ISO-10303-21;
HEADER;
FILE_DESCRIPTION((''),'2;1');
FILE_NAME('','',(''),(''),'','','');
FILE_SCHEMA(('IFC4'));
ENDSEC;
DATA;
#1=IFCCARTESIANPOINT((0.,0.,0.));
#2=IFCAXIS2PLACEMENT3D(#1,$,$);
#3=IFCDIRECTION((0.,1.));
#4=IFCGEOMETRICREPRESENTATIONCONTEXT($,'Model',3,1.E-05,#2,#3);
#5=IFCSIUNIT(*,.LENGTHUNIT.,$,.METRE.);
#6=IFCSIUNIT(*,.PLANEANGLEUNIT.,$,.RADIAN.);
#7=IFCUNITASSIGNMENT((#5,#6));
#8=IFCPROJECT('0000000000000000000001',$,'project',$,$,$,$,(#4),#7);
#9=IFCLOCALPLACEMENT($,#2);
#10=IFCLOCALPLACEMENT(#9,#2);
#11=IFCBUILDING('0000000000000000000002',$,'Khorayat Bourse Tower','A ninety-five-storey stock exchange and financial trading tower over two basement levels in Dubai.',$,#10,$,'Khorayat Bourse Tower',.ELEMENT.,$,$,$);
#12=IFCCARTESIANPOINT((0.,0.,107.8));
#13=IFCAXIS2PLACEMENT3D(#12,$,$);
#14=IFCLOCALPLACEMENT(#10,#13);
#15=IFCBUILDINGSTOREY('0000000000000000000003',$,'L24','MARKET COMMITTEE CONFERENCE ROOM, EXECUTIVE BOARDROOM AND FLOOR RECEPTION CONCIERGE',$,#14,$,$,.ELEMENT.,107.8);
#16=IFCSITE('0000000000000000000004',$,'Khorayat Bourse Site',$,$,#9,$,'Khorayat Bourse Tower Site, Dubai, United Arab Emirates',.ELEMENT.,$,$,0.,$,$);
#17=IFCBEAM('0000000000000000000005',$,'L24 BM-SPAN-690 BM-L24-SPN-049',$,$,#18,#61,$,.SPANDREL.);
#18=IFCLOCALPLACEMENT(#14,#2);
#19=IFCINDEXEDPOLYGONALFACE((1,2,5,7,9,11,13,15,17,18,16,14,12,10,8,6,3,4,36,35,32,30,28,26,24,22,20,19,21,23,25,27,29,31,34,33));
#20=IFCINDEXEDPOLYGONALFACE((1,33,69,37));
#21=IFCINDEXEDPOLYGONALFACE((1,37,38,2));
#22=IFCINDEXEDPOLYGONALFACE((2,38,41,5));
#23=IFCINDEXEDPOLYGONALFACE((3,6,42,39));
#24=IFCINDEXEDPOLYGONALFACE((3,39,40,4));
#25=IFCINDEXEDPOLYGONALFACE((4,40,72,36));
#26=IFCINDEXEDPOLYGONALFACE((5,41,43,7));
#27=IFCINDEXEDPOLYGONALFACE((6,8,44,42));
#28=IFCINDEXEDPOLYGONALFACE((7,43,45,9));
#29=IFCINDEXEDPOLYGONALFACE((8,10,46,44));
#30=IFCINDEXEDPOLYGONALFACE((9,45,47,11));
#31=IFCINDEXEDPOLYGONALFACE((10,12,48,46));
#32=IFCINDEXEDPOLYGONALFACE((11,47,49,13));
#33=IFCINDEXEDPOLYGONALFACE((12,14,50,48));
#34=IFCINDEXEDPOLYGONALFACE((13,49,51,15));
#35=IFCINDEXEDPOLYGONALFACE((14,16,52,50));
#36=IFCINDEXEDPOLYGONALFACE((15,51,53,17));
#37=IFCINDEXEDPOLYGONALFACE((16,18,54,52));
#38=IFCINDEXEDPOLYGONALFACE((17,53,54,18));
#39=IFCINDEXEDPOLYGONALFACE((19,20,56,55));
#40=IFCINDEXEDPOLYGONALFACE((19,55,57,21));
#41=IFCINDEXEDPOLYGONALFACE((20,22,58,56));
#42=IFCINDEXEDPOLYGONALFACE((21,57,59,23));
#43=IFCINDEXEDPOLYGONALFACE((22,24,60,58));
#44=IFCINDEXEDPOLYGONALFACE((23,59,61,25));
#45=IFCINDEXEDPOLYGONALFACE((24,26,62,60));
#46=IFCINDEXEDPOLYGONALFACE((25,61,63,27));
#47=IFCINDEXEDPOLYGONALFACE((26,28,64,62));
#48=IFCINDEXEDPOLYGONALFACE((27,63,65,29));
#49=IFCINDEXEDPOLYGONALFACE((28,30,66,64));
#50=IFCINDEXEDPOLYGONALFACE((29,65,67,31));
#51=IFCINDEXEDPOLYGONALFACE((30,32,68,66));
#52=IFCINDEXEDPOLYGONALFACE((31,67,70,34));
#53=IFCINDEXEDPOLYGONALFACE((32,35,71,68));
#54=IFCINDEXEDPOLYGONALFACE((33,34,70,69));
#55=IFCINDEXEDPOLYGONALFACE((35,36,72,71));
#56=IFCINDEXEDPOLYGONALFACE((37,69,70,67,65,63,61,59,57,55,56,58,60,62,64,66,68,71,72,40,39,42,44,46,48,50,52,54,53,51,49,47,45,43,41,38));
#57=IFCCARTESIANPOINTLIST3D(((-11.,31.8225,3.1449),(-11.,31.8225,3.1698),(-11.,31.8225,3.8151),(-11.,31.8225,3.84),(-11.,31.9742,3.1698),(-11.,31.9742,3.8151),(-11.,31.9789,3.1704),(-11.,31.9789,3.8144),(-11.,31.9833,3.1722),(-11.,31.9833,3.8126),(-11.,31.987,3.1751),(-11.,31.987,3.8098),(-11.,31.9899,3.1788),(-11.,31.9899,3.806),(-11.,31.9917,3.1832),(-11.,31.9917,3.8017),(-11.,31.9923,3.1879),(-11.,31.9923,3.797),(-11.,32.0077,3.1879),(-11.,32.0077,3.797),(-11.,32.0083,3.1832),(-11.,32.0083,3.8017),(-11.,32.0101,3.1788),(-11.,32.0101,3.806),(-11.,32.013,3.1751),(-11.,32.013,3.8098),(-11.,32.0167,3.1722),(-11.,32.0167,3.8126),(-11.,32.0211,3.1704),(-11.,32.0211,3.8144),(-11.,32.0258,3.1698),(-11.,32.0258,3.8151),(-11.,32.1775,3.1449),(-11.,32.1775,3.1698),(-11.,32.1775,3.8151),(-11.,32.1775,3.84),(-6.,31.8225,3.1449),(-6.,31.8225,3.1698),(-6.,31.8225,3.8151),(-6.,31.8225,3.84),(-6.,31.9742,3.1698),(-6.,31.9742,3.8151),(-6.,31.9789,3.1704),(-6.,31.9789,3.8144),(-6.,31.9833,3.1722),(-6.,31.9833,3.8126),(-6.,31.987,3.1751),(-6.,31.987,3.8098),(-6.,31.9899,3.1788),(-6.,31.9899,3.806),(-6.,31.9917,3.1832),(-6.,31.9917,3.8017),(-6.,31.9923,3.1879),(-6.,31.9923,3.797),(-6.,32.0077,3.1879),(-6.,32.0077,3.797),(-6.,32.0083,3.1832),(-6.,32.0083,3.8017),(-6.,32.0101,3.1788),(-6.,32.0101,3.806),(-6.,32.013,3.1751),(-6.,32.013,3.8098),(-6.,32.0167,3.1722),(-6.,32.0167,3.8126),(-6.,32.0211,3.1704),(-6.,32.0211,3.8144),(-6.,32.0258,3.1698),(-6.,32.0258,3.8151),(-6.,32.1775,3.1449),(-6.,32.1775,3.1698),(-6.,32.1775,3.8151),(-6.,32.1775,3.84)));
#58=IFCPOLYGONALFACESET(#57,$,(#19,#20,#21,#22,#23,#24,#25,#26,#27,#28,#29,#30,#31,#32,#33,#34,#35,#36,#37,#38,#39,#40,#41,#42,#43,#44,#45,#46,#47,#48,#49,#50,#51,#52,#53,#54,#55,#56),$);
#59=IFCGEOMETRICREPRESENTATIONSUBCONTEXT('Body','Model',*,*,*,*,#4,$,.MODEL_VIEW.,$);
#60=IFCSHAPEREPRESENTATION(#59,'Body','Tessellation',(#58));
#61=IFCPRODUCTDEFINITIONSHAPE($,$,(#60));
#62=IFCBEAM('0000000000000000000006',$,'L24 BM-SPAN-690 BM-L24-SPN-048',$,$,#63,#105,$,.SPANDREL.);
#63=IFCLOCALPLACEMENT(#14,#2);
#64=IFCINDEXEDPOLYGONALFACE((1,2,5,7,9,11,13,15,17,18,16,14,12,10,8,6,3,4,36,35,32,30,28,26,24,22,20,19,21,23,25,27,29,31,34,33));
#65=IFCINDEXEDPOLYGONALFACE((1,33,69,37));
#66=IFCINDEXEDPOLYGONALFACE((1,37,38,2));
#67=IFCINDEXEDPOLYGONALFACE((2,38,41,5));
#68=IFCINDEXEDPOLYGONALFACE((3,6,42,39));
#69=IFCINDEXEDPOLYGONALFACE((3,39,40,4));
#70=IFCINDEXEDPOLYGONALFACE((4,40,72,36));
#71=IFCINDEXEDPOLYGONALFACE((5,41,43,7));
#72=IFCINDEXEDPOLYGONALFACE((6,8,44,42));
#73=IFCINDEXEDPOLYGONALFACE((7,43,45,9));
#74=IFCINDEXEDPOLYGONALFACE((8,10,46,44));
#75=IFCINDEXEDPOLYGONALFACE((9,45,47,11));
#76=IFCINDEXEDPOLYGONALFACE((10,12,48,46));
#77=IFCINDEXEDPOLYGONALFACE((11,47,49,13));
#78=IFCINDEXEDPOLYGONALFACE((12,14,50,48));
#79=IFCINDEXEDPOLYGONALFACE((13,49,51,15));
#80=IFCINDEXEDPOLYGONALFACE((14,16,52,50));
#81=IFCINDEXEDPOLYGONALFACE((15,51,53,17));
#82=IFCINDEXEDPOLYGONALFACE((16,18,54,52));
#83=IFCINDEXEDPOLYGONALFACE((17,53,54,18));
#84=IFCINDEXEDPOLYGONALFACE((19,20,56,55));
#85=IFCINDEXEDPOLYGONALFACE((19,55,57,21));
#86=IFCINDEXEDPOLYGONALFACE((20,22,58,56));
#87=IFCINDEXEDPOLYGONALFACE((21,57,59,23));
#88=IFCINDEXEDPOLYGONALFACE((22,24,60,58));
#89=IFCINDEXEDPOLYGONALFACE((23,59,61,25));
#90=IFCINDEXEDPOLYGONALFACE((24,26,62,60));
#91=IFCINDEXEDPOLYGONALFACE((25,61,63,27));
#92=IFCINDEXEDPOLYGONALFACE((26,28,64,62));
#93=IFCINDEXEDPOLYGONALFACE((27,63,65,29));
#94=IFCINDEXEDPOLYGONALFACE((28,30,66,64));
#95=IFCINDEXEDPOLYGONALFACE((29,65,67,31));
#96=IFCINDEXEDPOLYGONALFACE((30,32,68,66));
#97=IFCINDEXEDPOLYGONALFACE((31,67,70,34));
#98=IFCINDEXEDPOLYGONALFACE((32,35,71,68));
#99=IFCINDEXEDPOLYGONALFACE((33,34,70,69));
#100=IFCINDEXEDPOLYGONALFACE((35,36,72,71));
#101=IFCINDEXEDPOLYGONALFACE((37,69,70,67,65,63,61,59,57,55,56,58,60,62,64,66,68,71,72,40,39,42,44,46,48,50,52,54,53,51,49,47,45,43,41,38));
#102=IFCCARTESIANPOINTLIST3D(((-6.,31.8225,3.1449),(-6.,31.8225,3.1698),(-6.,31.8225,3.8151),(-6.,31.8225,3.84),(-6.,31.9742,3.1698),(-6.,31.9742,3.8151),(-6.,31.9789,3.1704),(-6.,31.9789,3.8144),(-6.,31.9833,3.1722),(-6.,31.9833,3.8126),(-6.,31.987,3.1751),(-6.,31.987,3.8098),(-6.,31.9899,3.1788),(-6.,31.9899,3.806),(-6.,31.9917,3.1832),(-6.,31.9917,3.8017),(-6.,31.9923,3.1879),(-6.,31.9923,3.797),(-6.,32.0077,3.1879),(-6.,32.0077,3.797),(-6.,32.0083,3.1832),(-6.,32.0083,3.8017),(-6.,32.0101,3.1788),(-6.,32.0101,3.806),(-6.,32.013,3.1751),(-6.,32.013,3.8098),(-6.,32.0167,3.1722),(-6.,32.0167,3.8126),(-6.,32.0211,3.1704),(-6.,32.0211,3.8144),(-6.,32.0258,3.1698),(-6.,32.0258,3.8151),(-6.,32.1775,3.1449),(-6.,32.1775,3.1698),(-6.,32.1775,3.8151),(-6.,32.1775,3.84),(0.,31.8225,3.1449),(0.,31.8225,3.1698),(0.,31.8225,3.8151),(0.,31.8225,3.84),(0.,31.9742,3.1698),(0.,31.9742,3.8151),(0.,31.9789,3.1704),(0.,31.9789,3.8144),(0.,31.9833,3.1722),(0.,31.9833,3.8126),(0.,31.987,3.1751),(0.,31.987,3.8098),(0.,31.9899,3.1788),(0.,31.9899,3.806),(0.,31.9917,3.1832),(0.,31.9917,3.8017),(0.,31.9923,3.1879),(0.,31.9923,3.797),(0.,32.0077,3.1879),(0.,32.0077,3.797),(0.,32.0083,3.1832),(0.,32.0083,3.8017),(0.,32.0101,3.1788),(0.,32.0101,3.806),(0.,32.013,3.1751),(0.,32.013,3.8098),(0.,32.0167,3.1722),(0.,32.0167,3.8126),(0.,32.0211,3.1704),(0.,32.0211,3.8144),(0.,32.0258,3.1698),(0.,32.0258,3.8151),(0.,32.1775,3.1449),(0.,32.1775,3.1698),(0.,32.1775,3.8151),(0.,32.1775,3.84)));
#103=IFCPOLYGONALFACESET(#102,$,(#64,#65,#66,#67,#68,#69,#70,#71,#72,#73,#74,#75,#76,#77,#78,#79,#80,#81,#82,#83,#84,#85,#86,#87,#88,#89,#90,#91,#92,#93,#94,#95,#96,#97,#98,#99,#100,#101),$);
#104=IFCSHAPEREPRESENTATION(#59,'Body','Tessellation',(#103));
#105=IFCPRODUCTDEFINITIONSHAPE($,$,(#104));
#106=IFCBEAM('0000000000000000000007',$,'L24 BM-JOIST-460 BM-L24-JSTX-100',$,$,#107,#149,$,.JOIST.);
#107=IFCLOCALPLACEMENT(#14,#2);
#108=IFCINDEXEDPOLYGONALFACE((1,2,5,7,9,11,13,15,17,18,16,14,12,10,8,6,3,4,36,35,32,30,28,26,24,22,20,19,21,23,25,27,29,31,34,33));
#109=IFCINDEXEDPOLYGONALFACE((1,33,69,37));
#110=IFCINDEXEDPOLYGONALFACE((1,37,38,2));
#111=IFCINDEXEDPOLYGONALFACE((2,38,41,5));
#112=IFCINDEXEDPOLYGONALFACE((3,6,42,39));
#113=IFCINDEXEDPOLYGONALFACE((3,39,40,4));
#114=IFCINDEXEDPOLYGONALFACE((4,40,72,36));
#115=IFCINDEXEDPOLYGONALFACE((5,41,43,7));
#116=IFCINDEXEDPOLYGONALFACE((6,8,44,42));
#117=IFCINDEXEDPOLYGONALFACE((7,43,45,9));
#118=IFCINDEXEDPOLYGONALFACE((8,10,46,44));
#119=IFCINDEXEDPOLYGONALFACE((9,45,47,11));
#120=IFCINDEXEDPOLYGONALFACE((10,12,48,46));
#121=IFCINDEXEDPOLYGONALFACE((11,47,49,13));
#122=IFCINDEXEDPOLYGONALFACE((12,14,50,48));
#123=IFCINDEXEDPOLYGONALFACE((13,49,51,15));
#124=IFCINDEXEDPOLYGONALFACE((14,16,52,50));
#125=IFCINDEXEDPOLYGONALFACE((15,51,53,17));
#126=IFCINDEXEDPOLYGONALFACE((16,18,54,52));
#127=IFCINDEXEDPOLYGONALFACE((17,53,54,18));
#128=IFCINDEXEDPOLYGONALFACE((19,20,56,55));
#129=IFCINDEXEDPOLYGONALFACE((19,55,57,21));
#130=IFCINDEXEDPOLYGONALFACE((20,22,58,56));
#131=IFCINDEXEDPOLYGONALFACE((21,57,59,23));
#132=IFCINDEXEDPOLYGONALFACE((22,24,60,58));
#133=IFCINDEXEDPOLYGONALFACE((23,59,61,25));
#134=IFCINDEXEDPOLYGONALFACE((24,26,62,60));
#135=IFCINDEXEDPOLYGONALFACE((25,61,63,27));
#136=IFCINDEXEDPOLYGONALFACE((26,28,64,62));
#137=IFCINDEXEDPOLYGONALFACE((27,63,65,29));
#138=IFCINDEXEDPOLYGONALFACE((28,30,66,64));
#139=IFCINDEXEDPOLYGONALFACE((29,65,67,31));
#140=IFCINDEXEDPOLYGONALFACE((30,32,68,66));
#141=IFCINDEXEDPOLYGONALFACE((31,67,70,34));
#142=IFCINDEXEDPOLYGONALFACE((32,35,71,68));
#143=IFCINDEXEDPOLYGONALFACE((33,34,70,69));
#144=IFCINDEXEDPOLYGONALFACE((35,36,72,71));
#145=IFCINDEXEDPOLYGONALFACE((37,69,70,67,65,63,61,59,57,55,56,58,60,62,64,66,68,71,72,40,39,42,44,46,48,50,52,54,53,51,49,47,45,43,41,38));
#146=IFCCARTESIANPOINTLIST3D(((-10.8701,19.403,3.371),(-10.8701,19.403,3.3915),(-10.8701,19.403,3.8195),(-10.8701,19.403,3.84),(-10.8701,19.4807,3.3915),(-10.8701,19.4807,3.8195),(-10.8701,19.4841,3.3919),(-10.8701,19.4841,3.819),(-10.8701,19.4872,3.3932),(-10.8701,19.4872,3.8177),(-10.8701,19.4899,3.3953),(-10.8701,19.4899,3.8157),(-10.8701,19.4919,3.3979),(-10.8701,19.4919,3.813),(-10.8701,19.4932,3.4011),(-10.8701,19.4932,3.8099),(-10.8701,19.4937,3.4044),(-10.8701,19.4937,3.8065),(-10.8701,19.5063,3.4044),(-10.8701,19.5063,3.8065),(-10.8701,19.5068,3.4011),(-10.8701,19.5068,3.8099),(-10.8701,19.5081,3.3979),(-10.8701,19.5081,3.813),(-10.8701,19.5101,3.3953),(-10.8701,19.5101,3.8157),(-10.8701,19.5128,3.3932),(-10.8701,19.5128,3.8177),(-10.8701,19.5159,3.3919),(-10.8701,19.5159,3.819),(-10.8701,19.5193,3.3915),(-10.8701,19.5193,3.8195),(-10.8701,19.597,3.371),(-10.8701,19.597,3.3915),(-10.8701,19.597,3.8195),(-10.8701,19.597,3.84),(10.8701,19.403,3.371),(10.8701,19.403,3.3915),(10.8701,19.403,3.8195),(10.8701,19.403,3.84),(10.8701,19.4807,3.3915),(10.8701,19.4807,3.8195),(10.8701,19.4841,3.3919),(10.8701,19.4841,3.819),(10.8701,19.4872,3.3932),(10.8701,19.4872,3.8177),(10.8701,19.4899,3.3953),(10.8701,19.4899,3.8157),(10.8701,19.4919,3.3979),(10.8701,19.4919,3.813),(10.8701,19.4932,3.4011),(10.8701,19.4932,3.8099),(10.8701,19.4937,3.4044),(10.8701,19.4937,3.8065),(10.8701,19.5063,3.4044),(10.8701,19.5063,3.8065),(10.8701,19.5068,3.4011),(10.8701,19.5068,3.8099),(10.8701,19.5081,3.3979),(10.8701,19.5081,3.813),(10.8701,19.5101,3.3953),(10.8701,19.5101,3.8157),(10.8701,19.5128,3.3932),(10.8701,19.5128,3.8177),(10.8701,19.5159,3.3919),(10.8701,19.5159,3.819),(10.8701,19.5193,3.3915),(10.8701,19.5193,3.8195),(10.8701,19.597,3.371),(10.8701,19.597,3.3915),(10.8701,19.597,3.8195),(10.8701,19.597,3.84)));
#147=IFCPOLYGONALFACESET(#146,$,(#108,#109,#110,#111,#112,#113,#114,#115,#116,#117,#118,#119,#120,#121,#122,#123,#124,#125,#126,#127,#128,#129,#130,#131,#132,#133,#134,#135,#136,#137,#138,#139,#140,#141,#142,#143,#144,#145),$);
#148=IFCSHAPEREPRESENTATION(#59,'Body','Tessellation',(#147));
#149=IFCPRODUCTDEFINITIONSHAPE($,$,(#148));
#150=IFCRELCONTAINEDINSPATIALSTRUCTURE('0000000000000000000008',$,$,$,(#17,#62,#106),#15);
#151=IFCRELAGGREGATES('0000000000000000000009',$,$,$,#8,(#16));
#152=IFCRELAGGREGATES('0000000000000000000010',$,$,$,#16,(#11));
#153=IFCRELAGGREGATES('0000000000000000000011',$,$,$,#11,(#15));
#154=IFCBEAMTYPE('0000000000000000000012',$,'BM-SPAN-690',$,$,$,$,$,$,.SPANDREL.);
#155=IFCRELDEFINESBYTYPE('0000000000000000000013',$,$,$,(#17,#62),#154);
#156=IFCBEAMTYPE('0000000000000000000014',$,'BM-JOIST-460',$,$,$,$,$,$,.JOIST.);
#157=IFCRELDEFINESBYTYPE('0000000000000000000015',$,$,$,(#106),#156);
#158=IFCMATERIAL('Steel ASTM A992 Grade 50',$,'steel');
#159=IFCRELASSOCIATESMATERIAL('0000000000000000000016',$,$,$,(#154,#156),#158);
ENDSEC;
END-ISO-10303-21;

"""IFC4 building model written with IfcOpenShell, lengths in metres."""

from ifc_helpers import new_model, si_unit, direction, frame, origin, origin_2d, place, context, subcontext, project, spatial, i_section, extrude, source, transform, mapped, material, material_profile, profile_set, type_object, element, save


model = new_model("IFC4")

# Units and contexts
model_context = context("Model", 3, precision=1e-05, world=origin(), true_north=direction((0.0, 1.0)))
body_context = subcontext(model_context, "Body", "Model", "MODEL_VIEW")
ifc_project = project(units=[si_unit("LENGTHUNIT", "METRE"), si_unit("PLANEANGLEUNIT", "RADIAN")], contexts=[model_context])

# Site, building, storey
site_placement = place(None, origin())
site = spatial("IfcSite", under=ifc_project, at=site_placement, Name="Khorayat Bourse Site", LongName="Khorayat Bourse Tower Site, Dubai, United Arab Emirates", CompositionType="ELEMENT", RefElevation=0.0)
building_placement = place(site_placement, origin())
building = spatial("IfcBuilding", under=site, at=building_placement, Name="Khorayat Bourse Tower", Description="A ninety-five-storey stock exchange and financial trading tower over two basement levels in Dubai.", LongName="Khorayat Bourse Tower", CompositionType="ELEMENT")
storey_placement = place(building_placement, frame((0.0, 0.0, 107.8)))
storey = spatial("IfcBuildingStorey", under=building, at=storey_placement, Name="L24", Description="MARKET COMMITTEE CONFERENCE ROOM, EXECUTIVE BOARDROOM AND FLOOR RECEPTION CONCIERGE", CompositionType="ELEMENT", Elevation=107.8)

# Beams
ifc_material_1 = material(Name="Steel ASTM A992 Grade 50", Category="steel")
ifc_material_profile_1 = material_profile(ifc_material_1, i_section(OverallWidth=0.355, OverallDepth=0.6951, WebThickness=0.0154, FlangeThickness=0.0249, FilletRadius=0.0181, at=origin_2d()), Name="W690X217")
ifc_profile_set_1 = profile_set([ifc_material_profile_1], Name="Steel ASTM A992 Grade 50")
beam_type_1 = type_object("IfcBeamType", Name="BM-SPAN-690", PredefinedType="SPANDREL", material=ifc_profile_set_1)
shared_shape_1 = source(origin(), body_context, "Body", "SweptSolid", [
    extrude(i_section(OverallWidth=0.355, OverallDepth=0.6951, WebThickness=0.0154, FlangeThickness=0.0249, FilletRadius=0.0181, at=origin_2d()), origin(), (0.0, 0.0, 1.0), 5.0),
])
beam_1_placement = place(storey_placement, frame((-11.0, 32.0, 3.4924), z_axis=(1.0, 0.0, 0.0), x_axis=(0.0, 1.0, 0.0)))
element("IfcBeam", 1, at=beam_1_placement, inside=storey, type_object=beam_type_1, Name="L24 BM-SPAN-690 BM-L24-SPN-049", PredefinedType="SPANDREL", context=body_context, shape_type="MappedRepresentation", body=[
    mapped(shared_shape_1, transform((0.0, 0.0, 0.0), scale=1.0)),
])
shared_shape_2 = source(origin(), body_context, "Body", "SweptSolid", [
    extrude(i_section(OverallWidth=0.355, OverallDepth=0.6951, WebThickness=0.0154, FlangeThickness=0.0249, FilletRadius=0.0181, at=origin_2d()), origin(), (0.0, 0.0, 1.0), 6.0),
])
beam_2_placement = place(storey_placement, frame((-6.0, 32.0, 3.4924), z_axis=(1.0, 0.0, 0.0), x_axis=(0.0, 1.0, 0.0)))
element("IfcBeam", 2, at=beam_2_placement, inside=storey, type_object=beam_type_1, Name="L24 BM-SPAN-690 BM-L24-SPN-048", PredefinedType="SPANDREL", context=body_context, shape_type="MappedRepresentation", body=[
    mapped(shared_shape_2, transform((0.0, 0.0, 0.0), scale=1.0)),
])
ifc_material_profile_2 = material_profile(ifc_material_1, i_section(OverallWidth=0.1941, OverallDepth=0.469, WebThickness=0.0127, FlangeThickness=0.0205, FilletRadius=0.0129, at=origin_2d()), Name="W460X106")
ifc_profile_set_2 = profile_set([ifc_material_profile_2], Name="Steel ASTM A992 Grade 50")
beam_type_2 = type_object("IfcBeamType", Name="BM-JOIST-460", PredefinedType="JOIST", material=ifc_profile_set_2)
shared_shape_3 = source(origin(), body_context, "Body", "SweptSolid", [
    extrude(i_section(OverallWidth=0.1941, OverallDepth=0.469, WebThickness=0.0127, FlangeThickness=0.0205, FilletRadius=0.0129, at=origin_2d()), origin(), (0.0, 0.0, 1.0), 21.7402),
])
beam_3_placement = place(storey_placement, frame((-10.8701, 19.5, 3.6055), z_axis=(1.0, 0.0, 0.0), x_axis=(0.0, 1.0, 0.0)))
element("IfcBeam", 3, at=beam_3_placement, inside=storey, type_object=beam_type_2, Name="L24 BM-JOIST-460 BM-L24-JSTX-100", PredefinedType="JOIST", context=body_context, shape_type="MappedRepresentation", body=[
    mapped(shared_shape_3, transform((0.0, 0.0, 0.0), scale=1.0)),
])

save(model, "model.ifc")
